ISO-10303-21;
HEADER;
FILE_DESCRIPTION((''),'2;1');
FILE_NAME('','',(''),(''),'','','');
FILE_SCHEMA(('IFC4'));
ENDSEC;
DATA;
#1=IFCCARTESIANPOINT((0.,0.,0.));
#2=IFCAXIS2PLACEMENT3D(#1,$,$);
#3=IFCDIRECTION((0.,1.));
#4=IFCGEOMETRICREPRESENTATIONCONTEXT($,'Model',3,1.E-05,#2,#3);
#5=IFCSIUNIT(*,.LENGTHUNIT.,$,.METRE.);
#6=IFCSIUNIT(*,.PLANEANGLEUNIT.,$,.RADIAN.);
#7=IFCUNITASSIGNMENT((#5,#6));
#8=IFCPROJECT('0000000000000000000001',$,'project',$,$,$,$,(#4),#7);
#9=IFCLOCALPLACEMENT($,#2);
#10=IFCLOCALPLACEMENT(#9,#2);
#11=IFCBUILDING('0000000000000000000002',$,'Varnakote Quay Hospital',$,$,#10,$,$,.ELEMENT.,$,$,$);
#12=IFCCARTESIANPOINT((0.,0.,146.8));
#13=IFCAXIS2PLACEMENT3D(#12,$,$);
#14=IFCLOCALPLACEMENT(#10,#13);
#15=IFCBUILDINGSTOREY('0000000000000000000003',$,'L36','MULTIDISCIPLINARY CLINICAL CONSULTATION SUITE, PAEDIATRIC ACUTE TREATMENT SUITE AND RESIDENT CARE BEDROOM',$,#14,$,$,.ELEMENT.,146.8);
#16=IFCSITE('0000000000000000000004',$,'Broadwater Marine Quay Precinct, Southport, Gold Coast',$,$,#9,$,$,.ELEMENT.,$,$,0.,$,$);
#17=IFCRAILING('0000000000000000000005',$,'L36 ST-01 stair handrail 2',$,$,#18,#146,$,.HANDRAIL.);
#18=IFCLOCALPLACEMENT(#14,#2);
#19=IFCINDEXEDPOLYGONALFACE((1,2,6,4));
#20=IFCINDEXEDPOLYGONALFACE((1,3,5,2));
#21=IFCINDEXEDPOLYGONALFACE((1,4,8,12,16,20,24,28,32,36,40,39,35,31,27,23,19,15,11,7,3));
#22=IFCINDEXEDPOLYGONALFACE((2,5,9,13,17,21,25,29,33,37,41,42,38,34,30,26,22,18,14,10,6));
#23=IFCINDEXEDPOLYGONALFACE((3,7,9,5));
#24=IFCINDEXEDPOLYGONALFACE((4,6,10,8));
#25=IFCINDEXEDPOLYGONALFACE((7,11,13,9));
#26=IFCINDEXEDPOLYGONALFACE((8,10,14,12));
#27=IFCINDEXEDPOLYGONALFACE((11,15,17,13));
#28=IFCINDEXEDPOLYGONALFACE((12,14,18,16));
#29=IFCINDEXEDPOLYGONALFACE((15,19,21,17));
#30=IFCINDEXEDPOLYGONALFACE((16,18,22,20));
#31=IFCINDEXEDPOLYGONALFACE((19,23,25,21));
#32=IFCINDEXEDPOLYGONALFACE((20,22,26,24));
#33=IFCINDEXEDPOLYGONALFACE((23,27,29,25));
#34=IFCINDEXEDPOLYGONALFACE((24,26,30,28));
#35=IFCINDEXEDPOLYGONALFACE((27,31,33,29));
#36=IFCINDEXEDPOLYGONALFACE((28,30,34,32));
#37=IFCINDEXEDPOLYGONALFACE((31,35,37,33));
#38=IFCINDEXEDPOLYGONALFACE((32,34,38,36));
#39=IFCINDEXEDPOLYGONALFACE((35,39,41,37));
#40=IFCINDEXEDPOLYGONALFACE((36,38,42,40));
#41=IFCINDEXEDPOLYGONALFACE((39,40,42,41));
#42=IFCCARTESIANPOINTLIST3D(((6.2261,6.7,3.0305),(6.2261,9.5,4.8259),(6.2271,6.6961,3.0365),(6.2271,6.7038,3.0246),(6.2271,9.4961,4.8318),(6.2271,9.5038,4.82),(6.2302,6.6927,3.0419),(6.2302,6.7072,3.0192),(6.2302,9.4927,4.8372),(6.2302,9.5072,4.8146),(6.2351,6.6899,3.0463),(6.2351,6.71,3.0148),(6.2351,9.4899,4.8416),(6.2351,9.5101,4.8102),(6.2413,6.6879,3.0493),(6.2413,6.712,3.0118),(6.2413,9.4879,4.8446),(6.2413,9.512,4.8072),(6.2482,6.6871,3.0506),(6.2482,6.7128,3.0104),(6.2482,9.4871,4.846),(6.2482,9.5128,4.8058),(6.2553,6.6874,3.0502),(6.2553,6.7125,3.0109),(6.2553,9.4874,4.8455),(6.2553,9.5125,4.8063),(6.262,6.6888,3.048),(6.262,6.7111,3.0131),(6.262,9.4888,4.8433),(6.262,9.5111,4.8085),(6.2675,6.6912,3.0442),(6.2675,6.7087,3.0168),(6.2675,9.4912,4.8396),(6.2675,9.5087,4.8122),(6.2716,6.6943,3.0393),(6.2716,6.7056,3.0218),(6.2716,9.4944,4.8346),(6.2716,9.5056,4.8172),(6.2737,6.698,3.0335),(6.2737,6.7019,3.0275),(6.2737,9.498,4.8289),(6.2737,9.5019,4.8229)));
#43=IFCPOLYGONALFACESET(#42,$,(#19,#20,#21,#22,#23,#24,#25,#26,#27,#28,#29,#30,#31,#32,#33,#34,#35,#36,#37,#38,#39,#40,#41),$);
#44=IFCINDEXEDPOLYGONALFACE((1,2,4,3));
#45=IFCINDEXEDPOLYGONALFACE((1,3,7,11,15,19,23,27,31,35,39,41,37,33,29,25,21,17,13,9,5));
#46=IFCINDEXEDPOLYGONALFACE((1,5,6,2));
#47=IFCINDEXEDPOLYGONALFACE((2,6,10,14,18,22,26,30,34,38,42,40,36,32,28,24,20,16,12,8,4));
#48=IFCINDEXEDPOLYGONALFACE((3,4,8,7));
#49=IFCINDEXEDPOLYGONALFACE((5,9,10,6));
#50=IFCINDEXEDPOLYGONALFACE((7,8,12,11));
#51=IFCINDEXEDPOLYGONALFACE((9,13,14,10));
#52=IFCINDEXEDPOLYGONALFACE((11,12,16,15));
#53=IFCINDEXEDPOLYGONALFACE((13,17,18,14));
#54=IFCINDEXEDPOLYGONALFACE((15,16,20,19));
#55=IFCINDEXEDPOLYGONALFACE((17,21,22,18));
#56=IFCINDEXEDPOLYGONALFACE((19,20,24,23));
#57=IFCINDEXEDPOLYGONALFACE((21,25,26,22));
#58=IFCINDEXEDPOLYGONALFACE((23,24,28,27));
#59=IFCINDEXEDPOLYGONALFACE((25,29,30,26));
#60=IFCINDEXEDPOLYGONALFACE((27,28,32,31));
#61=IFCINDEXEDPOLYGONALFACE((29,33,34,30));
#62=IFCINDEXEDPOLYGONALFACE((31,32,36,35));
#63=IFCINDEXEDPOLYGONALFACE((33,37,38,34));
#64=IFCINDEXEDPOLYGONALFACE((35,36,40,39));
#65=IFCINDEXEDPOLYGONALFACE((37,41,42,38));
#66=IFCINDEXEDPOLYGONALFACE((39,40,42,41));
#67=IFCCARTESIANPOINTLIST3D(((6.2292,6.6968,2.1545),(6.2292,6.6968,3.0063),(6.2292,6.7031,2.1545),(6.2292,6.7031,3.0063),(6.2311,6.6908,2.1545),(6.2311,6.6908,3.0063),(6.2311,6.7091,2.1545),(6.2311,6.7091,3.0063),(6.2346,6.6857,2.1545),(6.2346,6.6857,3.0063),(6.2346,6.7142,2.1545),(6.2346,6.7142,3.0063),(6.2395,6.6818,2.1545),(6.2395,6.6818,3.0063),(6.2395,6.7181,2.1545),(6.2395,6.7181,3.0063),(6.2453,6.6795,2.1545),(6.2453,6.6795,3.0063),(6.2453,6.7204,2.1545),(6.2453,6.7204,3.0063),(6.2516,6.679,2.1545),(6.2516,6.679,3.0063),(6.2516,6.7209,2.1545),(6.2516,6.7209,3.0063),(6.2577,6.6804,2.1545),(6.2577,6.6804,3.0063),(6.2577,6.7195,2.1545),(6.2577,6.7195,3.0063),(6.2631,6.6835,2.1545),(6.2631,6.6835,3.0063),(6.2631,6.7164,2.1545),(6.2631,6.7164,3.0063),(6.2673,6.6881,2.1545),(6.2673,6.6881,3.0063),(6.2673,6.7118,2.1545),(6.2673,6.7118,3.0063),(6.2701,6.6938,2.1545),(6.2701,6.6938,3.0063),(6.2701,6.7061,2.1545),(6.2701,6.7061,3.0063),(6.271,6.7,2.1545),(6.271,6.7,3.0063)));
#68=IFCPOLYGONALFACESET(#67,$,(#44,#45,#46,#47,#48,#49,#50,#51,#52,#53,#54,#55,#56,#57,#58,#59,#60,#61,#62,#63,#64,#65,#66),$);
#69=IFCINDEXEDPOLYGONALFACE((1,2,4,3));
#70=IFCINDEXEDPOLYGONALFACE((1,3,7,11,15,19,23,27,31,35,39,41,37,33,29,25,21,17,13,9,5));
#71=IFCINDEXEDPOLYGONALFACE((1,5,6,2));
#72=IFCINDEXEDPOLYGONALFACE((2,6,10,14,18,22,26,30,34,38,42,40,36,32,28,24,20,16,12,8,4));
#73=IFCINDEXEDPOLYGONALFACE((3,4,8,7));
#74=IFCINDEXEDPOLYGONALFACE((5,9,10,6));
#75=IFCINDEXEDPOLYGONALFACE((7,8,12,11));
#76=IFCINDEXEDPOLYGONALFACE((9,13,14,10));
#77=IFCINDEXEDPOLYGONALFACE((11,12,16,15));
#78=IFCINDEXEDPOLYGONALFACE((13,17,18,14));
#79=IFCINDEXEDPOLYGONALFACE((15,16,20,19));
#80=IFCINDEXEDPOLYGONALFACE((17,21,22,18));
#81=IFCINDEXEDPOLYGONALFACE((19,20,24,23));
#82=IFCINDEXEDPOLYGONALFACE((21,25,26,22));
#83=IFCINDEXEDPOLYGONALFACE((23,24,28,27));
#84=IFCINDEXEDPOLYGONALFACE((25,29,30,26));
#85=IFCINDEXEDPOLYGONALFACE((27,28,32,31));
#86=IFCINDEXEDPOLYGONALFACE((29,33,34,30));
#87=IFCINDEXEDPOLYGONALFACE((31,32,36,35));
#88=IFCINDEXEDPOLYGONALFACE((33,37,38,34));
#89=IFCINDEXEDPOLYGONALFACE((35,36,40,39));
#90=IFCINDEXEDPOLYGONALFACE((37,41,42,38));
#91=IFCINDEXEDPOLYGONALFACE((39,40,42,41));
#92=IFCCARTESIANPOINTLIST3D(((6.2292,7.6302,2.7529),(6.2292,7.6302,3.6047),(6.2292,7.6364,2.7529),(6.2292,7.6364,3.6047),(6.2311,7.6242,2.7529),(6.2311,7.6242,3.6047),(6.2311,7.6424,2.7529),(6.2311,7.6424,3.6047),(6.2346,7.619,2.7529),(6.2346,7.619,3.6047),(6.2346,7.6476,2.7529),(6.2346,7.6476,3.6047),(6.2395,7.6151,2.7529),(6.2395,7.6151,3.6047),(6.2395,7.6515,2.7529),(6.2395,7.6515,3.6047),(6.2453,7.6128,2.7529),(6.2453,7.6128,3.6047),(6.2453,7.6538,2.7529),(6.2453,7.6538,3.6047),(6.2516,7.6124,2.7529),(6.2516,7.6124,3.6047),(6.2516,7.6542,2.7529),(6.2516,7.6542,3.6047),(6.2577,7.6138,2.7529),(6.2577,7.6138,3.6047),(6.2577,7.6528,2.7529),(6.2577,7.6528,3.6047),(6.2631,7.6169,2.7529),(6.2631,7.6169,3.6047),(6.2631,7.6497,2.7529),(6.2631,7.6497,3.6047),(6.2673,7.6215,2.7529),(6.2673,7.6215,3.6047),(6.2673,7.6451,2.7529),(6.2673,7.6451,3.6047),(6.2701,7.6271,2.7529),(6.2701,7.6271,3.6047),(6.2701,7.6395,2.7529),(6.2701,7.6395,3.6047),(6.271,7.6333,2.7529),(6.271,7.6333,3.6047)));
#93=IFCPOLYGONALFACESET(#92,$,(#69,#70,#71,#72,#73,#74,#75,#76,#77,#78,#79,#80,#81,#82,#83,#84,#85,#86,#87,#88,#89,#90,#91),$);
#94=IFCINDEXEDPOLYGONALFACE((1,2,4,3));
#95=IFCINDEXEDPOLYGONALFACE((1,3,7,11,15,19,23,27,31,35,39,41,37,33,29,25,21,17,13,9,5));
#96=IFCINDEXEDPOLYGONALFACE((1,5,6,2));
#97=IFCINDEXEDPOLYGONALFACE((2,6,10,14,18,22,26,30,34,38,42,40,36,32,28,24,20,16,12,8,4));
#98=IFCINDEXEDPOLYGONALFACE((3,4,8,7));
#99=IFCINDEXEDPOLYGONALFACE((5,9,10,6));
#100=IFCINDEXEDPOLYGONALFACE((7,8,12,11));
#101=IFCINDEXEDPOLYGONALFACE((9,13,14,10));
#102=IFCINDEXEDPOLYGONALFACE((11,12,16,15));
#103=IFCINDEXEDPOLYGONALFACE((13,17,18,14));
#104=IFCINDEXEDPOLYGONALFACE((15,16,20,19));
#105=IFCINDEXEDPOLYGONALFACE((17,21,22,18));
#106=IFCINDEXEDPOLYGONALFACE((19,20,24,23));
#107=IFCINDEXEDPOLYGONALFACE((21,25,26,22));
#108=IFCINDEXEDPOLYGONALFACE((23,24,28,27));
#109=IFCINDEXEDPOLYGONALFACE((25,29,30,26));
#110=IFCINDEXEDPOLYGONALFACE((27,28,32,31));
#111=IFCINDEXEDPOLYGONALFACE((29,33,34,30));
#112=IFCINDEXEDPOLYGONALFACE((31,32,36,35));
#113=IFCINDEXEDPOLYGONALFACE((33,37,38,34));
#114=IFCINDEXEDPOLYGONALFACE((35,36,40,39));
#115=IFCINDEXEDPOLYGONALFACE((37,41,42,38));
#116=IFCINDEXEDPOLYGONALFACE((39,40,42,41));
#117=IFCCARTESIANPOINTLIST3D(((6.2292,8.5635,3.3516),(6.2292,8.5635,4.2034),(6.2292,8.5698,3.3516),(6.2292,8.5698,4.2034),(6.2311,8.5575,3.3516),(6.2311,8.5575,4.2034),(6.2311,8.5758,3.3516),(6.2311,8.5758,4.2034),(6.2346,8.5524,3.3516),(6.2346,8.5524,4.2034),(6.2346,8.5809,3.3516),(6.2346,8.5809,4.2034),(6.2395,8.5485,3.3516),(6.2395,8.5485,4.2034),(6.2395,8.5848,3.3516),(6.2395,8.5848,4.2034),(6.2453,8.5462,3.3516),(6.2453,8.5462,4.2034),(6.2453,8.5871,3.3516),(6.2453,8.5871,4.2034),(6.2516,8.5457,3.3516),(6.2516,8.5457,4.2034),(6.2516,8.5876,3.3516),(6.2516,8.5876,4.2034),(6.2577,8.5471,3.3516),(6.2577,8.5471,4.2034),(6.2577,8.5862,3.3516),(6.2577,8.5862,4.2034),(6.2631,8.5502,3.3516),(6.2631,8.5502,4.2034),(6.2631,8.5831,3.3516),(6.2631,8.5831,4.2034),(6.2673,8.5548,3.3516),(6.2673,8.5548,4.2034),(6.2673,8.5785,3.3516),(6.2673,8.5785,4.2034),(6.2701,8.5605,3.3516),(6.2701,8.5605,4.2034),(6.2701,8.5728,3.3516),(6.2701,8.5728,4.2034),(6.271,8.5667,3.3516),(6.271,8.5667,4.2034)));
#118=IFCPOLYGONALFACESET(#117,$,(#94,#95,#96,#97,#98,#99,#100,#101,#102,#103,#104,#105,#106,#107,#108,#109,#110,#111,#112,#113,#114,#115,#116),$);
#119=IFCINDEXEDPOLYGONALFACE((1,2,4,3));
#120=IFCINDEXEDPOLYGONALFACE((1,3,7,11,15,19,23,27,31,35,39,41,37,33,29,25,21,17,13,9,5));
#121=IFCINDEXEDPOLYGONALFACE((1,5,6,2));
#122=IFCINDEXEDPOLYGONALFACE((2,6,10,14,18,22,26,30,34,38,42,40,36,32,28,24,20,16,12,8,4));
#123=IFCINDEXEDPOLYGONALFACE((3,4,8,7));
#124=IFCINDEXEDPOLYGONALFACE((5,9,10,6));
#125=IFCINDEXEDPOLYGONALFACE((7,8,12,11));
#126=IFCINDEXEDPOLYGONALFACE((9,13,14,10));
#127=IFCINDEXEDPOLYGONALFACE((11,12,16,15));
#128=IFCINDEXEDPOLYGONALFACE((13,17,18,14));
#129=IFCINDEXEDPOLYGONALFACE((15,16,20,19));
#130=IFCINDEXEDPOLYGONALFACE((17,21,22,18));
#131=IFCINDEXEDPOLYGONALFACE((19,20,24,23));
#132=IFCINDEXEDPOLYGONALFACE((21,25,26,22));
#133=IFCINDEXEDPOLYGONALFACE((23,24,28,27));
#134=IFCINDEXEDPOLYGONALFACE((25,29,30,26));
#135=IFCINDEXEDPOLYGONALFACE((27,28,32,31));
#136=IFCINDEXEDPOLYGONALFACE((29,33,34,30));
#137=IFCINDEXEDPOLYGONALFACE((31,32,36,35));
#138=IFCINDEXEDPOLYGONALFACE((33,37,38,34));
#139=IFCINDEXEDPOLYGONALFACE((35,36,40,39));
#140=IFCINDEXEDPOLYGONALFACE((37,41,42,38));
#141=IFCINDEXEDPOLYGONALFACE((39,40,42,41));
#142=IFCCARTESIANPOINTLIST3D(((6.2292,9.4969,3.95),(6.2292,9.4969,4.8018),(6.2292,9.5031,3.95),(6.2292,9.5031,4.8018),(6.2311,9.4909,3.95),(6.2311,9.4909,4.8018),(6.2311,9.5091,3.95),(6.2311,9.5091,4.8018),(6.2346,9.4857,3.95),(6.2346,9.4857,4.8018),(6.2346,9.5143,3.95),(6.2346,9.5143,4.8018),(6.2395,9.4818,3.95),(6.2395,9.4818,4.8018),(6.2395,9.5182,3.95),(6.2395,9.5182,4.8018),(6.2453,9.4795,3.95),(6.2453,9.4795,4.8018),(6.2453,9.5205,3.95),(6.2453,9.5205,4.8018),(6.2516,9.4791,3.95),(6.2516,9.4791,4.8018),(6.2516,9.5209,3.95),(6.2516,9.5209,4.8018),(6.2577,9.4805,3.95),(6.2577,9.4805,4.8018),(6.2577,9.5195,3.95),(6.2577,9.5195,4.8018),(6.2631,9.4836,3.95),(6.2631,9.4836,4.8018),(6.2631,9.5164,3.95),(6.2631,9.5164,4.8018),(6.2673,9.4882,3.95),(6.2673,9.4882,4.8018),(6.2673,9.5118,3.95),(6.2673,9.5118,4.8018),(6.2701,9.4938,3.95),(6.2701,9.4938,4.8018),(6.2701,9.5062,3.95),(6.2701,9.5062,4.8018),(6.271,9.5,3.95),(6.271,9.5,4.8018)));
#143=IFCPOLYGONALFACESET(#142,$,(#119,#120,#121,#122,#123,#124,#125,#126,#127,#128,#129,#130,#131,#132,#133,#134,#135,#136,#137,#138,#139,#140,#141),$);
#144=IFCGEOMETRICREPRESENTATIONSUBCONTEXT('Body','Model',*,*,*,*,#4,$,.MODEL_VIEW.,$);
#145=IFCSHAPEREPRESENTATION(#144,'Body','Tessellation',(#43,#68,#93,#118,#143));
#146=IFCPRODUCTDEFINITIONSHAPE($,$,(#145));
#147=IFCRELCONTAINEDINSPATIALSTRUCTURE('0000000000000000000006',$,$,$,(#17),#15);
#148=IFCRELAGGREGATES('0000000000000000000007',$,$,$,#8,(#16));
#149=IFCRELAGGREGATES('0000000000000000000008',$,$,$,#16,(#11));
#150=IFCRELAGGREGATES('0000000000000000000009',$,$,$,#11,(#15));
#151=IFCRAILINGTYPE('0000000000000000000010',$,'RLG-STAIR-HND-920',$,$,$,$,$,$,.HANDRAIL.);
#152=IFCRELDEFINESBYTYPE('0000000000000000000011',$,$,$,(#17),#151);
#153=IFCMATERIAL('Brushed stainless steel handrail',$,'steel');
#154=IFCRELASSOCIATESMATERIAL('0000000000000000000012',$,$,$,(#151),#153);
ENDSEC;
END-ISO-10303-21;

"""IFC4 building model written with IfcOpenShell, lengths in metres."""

from ifc_helpers import new_model, si_unit, direction, frame, origin, origin_2d, place, context, subcontext, project, spatial, circle, extrude, material, type_object, element, save


model = new_model("IFC4")

# Units and contexts
model_context = context("Model", 3, precision=1e-05, world=origin(), true_north=direction((0.0, 1.0)))
body_context = subcontext(model_context, "Body", "Model", "MODEL_VIEW")
ifc_project = project(units=[si_unit("LENGTHUNIT", "METRE"), si_unit("PLANEANGLEUNIT", "RADIAN")], contexts=[model_context])

# Site, building, storey
site_placement = place(None, origin())
site = spatial("IfcSite", under=ifc_project, at=site_placement, Name="Broadwater Marine Quay Precinct, Southport, Gold Coast", CompositionType="ELEMENT", RefElevation=0.0)
building_placement = place(site_placement, origin())
building = spatial("IfcBuilding", under=site, at=building_placement, Name="Varnakote Quay Hospital", CompositionType="ELEMENT")
storey_placement = place(building_placement, frame((0.0, 0.0, 146.8)))
storey = spatial("IfcBuildingStorey", under=building, at=storey_placement, Name="L36", Description="MULTIDISCIPLINARY CLINICAL CONSULTATION SUITE, PAEDIATRIC ACUTE TREATMENT SUITE AND RESIDENT CARE BEDROOM", CompositionType="ELEMENT", Elevation=146.8)

# Railing
ifc_material_1 = material(Name="Brushed stainless steel handrail", Category="steel")
railing_type_1 = type_object("IfcRailingType", Name="RLG-STAIR-HND-920", PredefinedType="HANDRAIL", material=ifc_material_1)
railing_1_placement = place(storey_placement, frame((6.25, 6.7, 2.1545)))
element("IfcRailing", 1, at=railing_1_placement, inside=storey, type_object=railing_type_1, Name="L36 ST-01 stair handrail 2", PredefinedType="HANDRAIL", context=body_context, shape_type="SweptSolid", body=[
    extrude(circle(Radius=0.0239, at=origin_2d()), frame((0.0, 0.0, 0.876), z_axis=(0.0, 0.84181, 0.539774), x_axis=(-1.0, 0.0, 0.0)), (0.0, 0.0, 1.0), 3.3262),
    extrude(circle(Radius=0.021, at=origin_2d()), origin(), (0.0, 0.0, 1.0), 0.8518),
    extrude(circle(Radius=0.021, at=origin_2d()), frame((0.0, 0.9333, 0.5984)), (0.0, 0.0, 1.0), 0.8518),
    extrude(circle(Radius=0.021, at=origin_2d()), frame((0.0, 1.8667, 1.197)), (0.0, 0.0, 1.0), 0.8518),
    extrude(circle(Radius=0.021, at=origin_2d()), frame((0.0, 2.8, 1.7954)), (0.0, 0.0, 1.0), 0.8518),
])

save(model, "model.ifc")
